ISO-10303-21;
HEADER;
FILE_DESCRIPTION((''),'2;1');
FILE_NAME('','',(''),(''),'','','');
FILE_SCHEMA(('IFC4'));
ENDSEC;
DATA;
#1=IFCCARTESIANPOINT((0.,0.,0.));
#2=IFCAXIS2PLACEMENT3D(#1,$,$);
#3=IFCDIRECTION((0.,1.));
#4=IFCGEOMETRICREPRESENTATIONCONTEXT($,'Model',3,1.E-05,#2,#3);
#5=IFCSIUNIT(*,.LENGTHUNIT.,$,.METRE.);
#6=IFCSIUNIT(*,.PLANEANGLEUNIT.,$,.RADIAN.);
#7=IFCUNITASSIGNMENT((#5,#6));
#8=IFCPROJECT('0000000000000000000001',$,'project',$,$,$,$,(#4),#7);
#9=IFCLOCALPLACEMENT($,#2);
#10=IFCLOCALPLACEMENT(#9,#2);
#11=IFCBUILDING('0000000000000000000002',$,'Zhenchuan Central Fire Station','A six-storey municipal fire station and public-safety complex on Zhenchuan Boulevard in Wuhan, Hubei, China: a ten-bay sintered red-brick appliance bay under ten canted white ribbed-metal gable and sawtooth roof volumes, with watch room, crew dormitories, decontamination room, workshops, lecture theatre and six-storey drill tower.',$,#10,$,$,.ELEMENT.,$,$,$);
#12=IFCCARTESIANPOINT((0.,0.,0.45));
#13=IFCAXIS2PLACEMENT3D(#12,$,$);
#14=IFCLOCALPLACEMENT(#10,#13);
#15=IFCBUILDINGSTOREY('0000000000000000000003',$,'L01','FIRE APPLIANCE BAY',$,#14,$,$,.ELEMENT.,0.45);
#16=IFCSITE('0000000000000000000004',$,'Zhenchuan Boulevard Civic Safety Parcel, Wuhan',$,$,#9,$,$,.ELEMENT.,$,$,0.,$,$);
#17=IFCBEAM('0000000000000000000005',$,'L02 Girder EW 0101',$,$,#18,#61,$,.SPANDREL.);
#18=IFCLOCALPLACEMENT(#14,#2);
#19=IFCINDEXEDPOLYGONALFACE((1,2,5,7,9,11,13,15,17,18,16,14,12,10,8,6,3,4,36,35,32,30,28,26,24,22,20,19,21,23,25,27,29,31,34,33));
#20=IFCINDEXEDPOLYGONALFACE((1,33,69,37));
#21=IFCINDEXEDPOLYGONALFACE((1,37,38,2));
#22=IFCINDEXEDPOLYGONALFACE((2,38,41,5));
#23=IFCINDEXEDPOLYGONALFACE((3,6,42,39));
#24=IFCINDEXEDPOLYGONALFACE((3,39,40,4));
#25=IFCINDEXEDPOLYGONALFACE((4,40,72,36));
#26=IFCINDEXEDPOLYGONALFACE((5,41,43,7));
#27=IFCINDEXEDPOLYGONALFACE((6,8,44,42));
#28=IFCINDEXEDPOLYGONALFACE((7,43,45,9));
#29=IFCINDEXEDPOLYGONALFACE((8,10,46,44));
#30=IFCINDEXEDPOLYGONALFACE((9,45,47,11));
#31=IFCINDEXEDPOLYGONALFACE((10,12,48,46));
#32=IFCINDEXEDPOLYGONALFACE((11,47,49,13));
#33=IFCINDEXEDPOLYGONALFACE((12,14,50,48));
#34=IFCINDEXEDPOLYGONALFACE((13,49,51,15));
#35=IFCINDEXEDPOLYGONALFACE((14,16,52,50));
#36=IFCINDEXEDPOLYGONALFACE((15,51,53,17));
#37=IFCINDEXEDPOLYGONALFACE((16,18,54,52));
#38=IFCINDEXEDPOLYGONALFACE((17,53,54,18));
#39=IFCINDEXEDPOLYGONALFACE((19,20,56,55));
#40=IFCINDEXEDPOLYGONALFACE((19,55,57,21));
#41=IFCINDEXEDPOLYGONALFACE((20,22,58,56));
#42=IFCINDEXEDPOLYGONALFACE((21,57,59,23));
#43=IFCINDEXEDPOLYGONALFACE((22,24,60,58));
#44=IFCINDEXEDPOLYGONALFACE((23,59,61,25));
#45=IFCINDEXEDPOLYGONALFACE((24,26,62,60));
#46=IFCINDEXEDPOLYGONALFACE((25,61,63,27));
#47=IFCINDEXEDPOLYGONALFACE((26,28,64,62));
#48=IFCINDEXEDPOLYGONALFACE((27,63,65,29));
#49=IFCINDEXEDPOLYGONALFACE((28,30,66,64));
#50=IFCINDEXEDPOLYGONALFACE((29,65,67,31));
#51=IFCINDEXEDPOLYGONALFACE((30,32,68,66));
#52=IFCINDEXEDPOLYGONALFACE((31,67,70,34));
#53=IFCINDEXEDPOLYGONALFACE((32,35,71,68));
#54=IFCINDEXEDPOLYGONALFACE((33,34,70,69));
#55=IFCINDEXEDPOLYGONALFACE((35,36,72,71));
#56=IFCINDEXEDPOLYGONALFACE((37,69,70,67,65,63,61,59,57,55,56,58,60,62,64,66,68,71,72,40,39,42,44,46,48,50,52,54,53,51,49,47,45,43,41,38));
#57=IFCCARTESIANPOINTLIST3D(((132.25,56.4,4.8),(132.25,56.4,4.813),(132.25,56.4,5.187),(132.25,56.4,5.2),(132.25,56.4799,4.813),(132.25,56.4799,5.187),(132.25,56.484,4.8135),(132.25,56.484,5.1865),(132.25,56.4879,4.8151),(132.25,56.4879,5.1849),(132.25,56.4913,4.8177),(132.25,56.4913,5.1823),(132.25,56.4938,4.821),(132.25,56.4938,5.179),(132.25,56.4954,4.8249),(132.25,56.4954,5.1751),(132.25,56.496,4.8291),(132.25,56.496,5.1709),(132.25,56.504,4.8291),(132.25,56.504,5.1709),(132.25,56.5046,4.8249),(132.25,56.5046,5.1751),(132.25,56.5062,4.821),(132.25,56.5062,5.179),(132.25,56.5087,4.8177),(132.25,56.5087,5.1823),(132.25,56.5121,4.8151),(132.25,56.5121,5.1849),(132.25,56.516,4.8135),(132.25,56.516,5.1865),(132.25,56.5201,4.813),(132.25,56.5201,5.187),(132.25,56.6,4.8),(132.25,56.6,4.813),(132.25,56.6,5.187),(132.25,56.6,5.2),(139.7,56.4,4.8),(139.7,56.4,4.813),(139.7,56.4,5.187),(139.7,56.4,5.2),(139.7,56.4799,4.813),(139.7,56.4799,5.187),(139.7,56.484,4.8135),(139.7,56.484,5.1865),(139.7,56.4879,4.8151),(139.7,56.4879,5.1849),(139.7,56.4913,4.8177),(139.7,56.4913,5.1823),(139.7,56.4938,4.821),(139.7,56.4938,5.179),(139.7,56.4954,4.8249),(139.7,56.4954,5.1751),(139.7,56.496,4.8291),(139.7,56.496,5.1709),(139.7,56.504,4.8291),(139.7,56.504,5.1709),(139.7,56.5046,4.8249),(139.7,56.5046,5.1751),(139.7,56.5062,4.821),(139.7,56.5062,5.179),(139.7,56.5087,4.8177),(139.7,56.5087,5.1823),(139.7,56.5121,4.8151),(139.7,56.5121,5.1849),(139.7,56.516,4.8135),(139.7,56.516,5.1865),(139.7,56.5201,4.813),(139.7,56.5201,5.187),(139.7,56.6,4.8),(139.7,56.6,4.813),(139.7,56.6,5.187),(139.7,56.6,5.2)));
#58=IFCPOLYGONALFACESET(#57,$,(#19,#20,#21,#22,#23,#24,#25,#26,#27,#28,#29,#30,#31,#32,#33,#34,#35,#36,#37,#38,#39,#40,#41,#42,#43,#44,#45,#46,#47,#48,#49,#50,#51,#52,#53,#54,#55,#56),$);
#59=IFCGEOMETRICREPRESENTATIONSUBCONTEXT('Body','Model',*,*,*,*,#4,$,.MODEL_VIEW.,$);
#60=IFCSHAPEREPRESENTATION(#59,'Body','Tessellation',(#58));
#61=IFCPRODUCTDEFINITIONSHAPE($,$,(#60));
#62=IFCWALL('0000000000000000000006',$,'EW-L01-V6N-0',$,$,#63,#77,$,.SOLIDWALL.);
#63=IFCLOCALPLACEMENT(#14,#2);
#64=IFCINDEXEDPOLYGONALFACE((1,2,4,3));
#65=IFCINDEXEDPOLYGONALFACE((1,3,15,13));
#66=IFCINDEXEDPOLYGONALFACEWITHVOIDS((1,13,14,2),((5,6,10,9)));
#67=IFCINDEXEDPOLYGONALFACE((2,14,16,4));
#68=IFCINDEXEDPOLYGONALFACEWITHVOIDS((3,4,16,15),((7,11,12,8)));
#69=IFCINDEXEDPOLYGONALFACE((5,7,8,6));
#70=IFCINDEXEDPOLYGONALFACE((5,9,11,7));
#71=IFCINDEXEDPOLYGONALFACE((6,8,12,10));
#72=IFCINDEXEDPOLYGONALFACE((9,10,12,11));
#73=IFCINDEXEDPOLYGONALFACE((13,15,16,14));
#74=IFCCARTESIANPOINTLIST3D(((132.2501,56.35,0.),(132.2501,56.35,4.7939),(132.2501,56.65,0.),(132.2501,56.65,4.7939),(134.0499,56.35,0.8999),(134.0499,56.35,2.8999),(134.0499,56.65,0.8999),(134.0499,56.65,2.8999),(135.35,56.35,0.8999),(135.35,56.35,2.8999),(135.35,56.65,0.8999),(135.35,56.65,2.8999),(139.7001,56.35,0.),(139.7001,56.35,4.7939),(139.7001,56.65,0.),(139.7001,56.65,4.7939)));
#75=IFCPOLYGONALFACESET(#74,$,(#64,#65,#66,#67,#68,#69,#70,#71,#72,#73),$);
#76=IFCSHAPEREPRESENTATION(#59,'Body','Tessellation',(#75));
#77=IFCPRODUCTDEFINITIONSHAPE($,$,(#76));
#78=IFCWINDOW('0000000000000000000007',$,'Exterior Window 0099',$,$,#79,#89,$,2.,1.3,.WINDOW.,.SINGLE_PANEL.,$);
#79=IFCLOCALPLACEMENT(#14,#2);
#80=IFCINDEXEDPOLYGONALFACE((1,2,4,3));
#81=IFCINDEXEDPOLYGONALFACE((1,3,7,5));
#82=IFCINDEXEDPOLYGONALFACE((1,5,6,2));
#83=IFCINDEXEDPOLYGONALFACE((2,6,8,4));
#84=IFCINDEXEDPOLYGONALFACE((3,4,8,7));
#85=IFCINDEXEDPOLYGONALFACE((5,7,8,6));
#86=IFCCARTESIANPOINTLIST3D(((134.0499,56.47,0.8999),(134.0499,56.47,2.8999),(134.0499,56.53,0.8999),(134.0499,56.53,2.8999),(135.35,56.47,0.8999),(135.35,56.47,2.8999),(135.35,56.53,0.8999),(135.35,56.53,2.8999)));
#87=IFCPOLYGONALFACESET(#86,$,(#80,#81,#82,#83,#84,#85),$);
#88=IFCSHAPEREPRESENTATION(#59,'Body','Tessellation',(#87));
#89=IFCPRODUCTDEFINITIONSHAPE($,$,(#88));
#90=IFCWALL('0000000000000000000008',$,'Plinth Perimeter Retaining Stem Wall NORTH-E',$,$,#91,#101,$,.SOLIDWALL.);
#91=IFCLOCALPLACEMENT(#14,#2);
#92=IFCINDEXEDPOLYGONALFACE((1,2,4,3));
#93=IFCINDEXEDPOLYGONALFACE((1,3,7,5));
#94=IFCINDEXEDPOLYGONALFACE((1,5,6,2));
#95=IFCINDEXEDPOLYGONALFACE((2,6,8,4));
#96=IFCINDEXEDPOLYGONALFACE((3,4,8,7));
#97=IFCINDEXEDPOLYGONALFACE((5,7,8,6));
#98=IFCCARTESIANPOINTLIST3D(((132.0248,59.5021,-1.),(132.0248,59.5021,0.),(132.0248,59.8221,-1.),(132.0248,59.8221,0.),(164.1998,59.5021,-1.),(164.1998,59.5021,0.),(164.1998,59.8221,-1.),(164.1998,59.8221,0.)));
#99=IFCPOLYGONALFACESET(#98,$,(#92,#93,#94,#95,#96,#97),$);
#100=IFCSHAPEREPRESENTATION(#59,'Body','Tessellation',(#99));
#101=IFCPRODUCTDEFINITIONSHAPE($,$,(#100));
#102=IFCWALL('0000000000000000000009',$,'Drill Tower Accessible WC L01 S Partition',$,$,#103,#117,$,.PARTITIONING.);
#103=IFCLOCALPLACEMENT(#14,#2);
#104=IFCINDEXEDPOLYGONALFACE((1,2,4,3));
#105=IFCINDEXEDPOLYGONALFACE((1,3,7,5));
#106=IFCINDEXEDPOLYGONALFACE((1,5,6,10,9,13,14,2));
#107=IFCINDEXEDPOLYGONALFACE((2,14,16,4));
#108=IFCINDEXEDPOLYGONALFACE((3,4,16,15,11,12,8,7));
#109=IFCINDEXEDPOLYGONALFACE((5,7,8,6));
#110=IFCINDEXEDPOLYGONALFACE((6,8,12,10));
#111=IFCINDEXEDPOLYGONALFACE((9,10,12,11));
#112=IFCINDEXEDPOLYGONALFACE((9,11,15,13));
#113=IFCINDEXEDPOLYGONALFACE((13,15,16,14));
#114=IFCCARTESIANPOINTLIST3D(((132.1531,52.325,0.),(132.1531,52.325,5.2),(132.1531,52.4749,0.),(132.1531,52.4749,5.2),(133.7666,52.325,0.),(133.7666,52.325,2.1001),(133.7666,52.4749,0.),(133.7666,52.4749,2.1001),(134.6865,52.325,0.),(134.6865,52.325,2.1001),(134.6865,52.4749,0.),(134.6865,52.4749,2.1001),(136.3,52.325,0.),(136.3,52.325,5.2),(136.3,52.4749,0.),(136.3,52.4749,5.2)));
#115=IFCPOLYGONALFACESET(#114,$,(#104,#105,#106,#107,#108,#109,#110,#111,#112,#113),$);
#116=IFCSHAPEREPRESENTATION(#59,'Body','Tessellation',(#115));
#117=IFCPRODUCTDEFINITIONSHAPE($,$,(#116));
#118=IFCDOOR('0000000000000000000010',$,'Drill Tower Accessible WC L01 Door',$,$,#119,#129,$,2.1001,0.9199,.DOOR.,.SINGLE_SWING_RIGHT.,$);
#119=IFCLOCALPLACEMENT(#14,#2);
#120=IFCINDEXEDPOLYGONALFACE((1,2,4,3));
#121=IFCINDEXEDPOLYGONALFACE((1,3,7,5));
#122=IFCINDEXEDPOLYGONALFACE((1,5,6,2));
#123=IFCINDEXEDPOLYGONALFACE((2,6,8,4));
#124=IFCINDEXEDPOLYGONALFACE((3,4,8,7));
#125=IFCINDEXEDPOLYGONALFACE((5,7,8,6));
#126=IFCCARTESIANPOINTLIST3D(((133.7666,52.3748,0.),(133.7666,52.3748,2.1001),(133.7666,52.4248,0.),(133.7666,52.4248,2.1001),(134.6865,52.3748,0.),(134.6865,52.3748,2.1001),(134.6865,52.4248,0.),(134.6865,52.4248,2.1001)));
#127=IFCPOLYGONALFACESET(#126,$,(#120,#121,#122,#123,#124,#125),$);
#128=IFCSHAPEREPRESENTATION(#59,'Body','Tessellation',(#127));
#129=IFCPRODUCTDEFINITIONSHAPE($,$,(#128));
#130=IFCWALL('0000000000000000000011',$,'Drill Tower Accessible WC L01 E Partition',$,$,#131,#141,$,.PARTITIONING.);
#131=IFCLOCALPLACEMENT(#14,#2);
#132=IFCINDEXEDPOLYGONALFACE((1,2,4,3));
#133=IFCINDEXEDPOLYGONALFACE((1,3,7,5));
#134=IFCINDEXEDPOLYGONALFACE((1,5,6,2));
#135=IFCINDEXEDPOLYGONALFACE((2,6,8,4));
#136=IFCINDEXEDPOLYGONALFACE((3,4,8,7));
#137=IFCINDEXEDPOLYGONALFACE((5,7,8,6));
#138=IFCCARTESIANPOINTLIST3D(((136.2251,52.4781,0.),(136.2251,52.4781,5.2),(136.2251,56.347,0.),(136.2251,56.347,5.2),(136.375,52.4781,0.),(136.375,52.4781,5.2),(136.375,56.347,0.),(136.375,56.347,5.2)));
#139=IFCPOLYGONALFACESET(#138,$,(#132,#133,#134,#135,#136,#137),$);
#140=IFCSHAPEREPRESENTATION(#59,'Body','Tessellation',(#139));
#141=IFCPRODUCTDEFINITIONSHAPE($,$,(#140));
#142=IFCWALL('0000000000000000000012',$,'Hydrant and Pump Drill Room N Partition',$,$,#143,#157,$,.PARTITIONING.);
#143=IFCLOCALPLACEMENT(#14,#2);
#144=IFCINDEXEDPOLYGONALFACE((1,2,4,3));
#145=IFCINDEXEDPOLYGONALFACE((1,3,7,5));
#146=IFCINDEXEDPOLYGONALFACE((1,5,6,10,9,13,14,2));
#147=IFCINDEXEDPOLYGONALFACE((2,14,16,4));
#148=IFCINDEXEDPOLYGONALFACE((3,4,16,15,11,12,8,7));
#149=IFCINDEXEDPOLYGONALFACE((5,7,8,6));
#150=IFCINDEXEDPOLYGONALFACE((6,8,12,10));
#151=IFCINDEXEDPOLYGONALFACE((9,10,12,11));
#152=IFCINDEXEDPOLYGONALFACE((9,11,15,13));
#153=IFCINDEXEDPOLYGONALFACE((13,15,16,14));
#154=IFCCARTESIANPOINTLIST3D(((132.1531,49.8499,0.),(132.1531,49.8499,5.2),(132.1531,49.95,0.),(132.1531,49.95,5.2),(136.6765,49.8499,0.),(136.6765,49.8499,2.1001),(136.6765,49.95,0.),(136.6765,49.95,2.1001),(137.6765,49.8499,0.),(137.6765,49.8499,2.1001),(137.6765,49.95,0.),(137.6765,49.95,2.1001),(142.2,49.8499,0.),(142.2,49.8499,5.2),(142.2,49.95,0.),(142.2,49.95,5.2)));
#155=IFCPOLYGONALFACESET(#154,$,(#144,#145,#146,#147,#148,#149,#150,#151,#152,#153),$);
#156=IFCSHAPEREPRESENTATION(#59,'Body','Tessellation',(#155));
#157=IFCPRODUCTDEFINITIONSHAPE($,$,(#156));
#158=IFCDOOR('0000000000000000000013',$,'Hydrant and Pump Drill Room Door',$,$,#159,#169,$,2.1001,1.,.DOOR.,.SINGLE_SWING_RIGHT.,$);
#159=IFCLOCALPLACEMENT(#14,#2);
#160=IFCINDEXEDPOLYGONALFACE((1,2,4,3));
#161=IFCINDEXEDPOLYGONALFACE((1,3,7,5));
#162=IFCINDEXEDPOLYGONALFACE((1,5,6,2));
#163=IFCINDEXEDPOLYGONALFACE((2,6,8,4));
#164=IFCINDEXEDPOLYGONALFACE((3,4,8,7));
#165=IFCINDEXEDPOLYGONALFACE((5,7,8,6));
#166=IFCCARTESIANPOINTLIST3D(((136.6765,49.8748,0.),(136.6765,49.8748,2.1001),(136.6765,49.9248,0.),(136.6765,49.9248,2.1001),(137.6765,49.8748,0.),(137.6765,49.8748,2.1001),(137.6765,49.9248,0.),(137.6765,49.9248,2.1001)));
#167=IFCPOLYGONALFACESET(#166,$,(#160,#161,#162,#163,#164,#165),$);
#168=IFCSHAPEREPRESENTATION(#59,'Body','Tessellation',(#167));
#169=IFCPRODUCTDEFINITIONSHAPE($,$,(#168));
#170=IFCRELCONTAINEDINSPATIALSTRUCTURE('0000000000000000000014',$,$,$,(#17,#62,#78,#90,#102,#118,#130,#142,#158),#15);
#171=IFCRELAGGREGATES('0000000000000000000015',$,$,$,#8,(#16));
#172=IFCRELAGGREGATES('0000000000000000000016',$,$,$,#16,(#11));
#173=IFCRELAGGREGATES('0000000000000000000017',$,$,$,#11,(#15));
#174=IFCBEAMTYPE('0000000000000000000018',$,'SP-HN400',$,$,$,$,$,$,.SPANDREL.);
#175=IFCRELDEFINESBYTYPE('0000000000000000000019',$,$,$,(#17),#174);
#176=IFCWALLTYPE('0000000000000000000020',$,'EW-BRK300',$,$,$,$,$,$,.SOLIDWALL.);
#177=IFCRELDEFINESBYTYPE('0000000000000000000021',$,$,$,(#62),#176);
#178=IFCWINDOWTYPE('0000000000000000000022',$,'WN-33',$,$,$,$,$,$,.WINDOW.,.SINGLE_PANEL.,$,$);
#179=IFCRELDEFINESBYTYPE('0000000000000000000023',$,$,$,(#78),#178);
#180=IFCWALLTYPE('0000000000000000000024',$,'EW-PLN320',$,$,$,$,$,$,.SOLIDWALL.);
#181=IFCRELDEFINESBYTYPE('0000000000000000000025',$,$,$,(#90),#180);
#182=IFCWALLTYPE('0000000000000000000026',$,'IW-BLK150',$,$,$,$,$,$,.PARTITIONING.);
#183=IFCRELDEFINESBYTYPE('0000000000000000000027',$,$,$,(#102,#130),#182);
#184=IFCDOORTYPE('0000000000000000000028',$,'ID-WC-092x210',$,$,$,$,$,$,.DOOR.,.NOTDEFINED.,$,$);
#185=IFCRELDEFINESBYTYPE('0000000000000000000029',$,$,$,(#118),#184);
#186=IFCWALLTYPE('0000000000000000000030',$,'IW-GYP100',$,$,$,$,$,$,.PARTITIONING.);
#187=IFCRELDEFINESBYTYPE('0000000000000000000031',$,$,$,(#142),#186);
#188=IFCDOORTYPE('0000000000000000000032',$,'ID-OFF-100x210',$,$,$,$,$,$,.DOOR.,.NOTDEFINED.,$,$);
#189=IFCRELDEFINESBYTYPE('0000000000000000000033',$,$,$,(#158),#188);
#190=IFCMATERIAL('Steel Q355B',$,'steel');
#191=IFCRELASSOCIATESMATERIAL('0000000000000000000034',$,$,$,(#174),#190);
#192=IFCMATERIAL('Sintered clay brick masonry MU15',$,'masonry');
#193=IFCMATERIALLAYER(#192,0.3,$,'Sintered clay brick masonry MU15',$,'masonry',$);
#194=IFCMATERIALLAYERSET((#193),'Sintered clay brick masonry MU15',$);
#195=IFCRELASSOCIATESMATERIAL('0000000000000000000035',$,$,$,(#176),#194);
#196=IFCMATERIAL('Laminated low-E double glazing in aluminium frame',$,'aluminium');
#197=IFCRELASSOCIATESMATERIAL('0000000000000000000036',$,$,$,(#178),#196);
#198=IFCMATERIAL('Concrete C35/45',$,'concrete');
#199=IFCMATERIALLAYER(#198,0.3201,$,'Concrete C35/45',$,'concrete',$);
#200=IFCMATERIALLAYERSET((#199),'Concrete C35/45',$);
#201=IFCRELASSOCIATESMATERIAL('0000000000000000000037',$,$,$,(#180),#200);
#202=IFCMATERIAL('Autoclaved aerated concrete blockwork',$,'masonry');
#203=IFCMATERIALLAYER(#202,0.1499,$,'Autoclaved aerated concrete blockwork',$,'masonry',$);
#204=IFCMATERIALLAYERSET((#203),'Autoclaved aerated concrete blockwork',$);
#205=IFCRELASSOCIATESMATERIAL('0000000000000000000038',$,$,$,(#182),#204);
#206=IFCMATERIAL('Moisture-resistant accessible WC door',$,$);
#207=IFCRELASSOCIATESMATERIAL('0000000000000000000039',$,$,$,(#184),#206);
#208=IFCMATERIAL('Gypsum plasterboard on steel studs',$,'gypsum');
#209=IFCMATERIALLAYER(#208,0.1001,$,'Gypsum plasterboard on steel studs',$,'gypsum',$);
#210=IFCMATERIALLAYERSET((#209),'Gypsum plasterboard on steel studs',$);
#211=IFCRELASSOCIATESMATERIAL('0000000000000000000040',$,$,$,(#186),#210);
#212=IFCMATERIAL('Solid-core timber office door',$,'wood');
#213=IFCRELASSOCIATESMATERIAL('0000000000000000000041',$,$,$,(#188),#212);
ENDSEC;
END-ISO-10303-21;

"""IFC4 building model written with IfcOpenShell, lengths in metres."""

from ifc_helpers import new_model, si_unit, direction, frame, frame_2d, origin, origin_2d, place, context, subcontext, project, spatial, rectangle, i_section, extrude, material, layer, layer_set, material_profile, profile_set, type_object, element, fill, save


model = new_model("IFC4")

# Units and contexts
model_context = context("Model", 3, precision=1e-05, world=origin(), true_north=direction((0.0, 1.0)))
body_context = subcontext(model_context, "Body", "Model", "MODEL_VIEW")
ifc_project = project(units=[si_unit("LENGTHUNIT", "METRE"), si_unit("PLANEANGLEUNIT", "RADIAN")], contexts=[model_context])

# Site, building, storey
site_placement = place(None, origin())
site = spatial("IfcSite", under=ifc_project, at=site_placement, Name="Zhenchuan Boulevard Civic Safety Parcel, Wuhan", CompositionType="ELEMENT", RefElevation=0.0)
building_placement = place(site_placement, origin())
building = spatial("IfcBuilding", under=site, at=building_placement, Name="Zhenchuan Central Fire Station", Description="A six-storey municipal fire station and public-safety complex on Zhenchuan Boulevard in Wuhan, Hubei, China: a ten-bay sintered red-brick appliance bay under ten canted white ribbed-metal gable and sawtooth roof volumes, with watch room, crew dormitories, decontamination room, workshops, lecture theatre and six-storey drill tower.", CompositionType="ELEMENT")
storey_placement = place(building_placement, frame((0.0, 0.0, 0.45)))
storey = spatial("IfcBuildingStorey", under=building, at=storey_placement, Name="L01", Description="FIRE APPLIANCE BAY", CompositionType="ELEMENT", Elevation=0.45)

# Shared definitions
ifc_material_1 = material(Name="Concrete C35/45", Category="concrete")

# Beam
ifc_material_2 = material(Name="Steel Q355B", Category="steel")
ifc_material_profile_1 = material_profile(ifc_material_2, i_section(OverallWidth=0.2, OverallDepth=0.3999, WebThickness=0.0081, FlangeThickness=0.0129, FilletRadius=0.0161, at=origin_2d()), Name="HN 400x200")
ifc_profile_set_1 = profile_set([ifc_material_profile_1], Name="Steel Q355B")
beam_type_1 = type_object("IfcBeamType", Name="SP-HN400", PredefinedType="SPANDREL", material=ifc_profile_set_1)
beam_1_placement = place(storey_placement, frame((132.25, 56.5, 5.0), z_axis=(1.0, 0.0, 0.0), x_axis=(0.0, 1.0, 0.0)))
element("IfcBeam", 1, at=beam_1_placement, inside=storey, type_object=beam_type_1, Name="L02 Girder EW 0101", PredefinedType="SPANDREL", context=body_context, shape_type="SweptSolid", body=[
    extrude(i_section(OverallWidth=0.2, OverallDepth=0.3999, WebThickness=0.0081, FlangeThickness=0.0129, FilletRadius=0.0161, at=origin_2d()), origin(), (0.0, 0.0, 1.0), 7.45),
])

# Wall, opening, window
ifc_material_3 = material(Name="Sintered clay brick masonry MU15", Category="masonry")
ifc_layer_1 = layer(ifc_material_3, 0.3, Name="Sintered clay brick masonry MU15", Category="masonry")
ifc_layer_set_1 = layer_set([ifc_layer_1], Name="Sintered clay brick masonry MU15")
wall_type_1 = type_object("IfcWallType", Name="EW-BRK300", PredefinedType="SOLIDWALL", material=ifc_layer_set_1)
wall_1_placement = place(storey_placement, frame((132.25, 56.5, 0.0), z_axis=(0.0, 0.0, 1.0), x_axis=(1.0, 0.0, 0.0)))
wall_1 = element("IfcWall", 2, at=wall_1_placement, inside=storey, type_object=wall_type_1, Name="EW-L01-V6N-0", PredefinedType="SOLIDWALL", context=body_context, shape_type="SweptSolid", body=[
    extrude(rectangle(XDim=7.45, YDim=0.3, at=frame_2d((3.7251, 0.0))), origin(), (0.0, 0.0, 1.0), 4.7939),
])
opening_1_placement = place(wall_1_placement, frame((1.8, 0.0, 0.8999)))
opening_1 = element("IfcOpeningElement", 3, at=opening_1_placement, cuts=wall_1, PredefinedType="OPENING", context=body_context, shape_type="SweptSolid", body=[
    extrude(rectangle(XDim=1.3, YDim=2.0, at=frame_2d((0.6499, 1.0))), frame((0.0, 0.1599, 0.0), z_axis=(0.0, -1.0, 0.0), x_axis=(1.0, 0.0, 0.0)), (0.0, 0.0, 1.0), 0.3201),
])
ifc_material_4 = material(Name="Laminated low-E double glazing in aluminium frame", Category="aluminium")
window_type = type_object("IfcWindowType", Name="WN-33", PartitioningType="SINGLE_PANEL", PredefinedType="WINDOW", material=ifc_material_4)
window_placement = place(opening_1_placement, origin())
window = element("IfcWindow", 4, at=window_placement, inside=storey, type_object=window_type, Name="Exterior Window 0099", OverallHeight=2.0, OverallWidth=1.3, PartitioningType="SINGLE_PANEL", PredefinedType="WINDOW", context=body_context, shape_type="SweptSolid", body=[
    extrude(rectangle(XDim=1.3, YDim=2.0, at=frame_2d((0.6499, 1.0))), frame((0.0, 0.03, 0.0), z_axis=(0.0, -1.0, 0.0), x_axis=(1.0, 0.0, 0.0)), (0.0, 0.0, 1.0), 0.0601),
])
fill(opening_1, window)

# Wall
ifc_layer_2 = layer(ifc_material_1, 0.3201, Name="Concrete C35/45", Category="concrete")
ifc_layer_set_2 = layer_set([ifc_layer_2], Name="Concrete C35/45")
wall_type_2 = type_object("IfcWallType", Name="EW-PLN320", PredefinedType="SOLIDWALL", material=ifc_layer_set_2)
wall_2_placement = place(storey_placement, frame((132.0249, 59.6621, -1.0), z_axis=(0.0, 0.0, 1.0), x_axis=(1.0, 0.0, 0.0)))
element("IfcWall", 5, at=wall_2_placement, inside=storey, type_object=wall_type_2, Name="Plinth Perimeter Retaining Stem Wall NORTH-E", PredefinedType="SOLIDWALL", context=body_context, shape_type="SweptSolid", body=[
    extrude(rectangle(XDim=32.175, YDim=0.3201, at=frame_2d((16.0874, 0.0))), origin(), (0.0, 0.0, 1.0), 1.0),
])

# Wall, opening, door
ifc_material_5 = material(Name="Autoclaved aerated concrete blockwork", Category="masonry")
ifc_layer_3 = layer(ifc_material_5, 0.1499, Name="Autoclaved aerated concrete blockwork", Category="masonry")
ifc_layer_set_3 = layer_set([ifc_layer_3], Name="Autoclaved aerated concrete blockwork")
wall_type_3 = type_object("IfcWallType", Name="IW-BLK150", PredefinedType="PARTITIONING", material=ifc_layer_set_3)
wall_3_placement = place(storey_placement, frame((132.1531, 52.3999, 0.0), z_axis=(0.0, 0.0, 1.0), x_axis=(1.0, 0.0, 0.0)))
wall_3 = element("IfcWall", 6, at=wall_3_placement, inside=storey, type_object=wall_type_3, Name="Drill Tower Accessible WC L01 S Partition", PredefinedType="PARTITIONING", context=body_context, shape_type="SweptSolid", body=[
    extrude(rectangle(XDim=4.147, YDim=0.1499, at=frame_2d((2.0735, 0.0))), origin(), (0.0, 0.0, 1.0), 5.2),
])
opening_2_placement = place(wall_3_placement, frame((1.6135, 0.0, 0.0)))
opening_2 = element("IfcOpeningElement", 7, at=opening_2_placement, cuts=wall_3, PredefinedType="OPENING", context=body_context, shape_type="SweptSolid", body=[
    extrude(rectangle(XDim=0.9199, YDim=2.1001, at=frame_2d((0.46, 1.05))), frame((0.0, 0.085, 0.0), z_axis=(0.0, -1.0, 0.0), x_axis=(1.0, 0.0, 0.0)), (0.0, 0.0, 1.0), 0.1699),
])
ifc_material_6 = material(Name="Moisture-resistant accessible WC door")
door_type_1 = type_object("IfcDoorType", Name="ID-WC-092x210", OperationType="NOTDEFINED", PredefinedType="DOOR", material=ifc_material_6)
door_1_placement = place(opening_2_placement, origin())
door_1 = element("IfcDoor", 8, at=door_1_placement, inside=storey, type_object=door_type_1, Name="Drill Tower Accessible WC L01 Door", OperationType="SINGLE_SWING_RIGHT", OverallHeight=2.1001, OverallWidth=0.9199, PredefinedType="DOOR", context=body_context, shape_type="SweptSolid", body=[
    extrude(rectangle(XDim=0.9199, YDim=2.1001, at=frame_2d((0.46, 1.05))), frame((0.0, 0.0249, 0.0), z_axis=(0.0, -1.0, 0.0), x_axis=(1.0, 0.0, 0.0)), (0.0, 0.0, 1.0), 0.05),
])
fill(opening_2, door_1)

# Wall
wall_4_placement = place(storey_placement, frame((136.3, 52.478, 0.0), z_axis=(0.0, 0.0, 1.0), x_axis=(0.0, 1.0, 0.0)))
element("IfcWall", 9, at=wall_4_placement, inside=storey, type_object=wall_type_3, Name="Drill Tower Accessible WC L01 E Partition", PredefinedType="PARTITIONING", context=body_context, shape_type="SweptSolid", body=[
    extrude(rectangle(XDim=3.8689, YDim=0.1499, at=frame_2d((1.9346, 0.0))), origin(), (0.0, 0.0, 1.0), 5.2),
])

# Wall, opening, door
ifc_material_7 = material(Name="Gypsum plasterboard on steel studs", Category="gypsum")
ifc_layer_4 = layer(ifc_material_7, 0.1001, Name="Gypsum plasterboard on steel studs", Category="gypsum")
ifc_layer_set_4 = layer_set([ifc_layer_4], Name="Gypsum plasterboard on steel studs")
wall_type_4 = type_object("IfcWallType", Name="IW-GYP100", PredefinedType="PARTITIONING", material=ifc_layer_set_4)
wall_5_placement = place(storey_placement, frame((132.1531, 49.8999, 0.0), z_axis=(0.0, 0.0, 1.0), x_axis=(1.0, 0.0, 0.0)))
wall_5 = element("IfcWall", 10, at=wall_5_placement, inside=storey, type_object=wall_type_4, Name="Hydrant and Pump Drill Room N Partition", PredefinedType="PARTITIONING", context=body_context, shape_type="SweptSolid", body=[
    extrude(rectangle(XDim=10.0469, YDim=0.1001, at=frame_2d((5.0234, 0.0))), origin(), (0.0, 0.0, 1.0), 5.2),
])
opening_3_placement = place(wall_5_placement, frame((4.5234, 0.0, 0.0)))
opening_3 = element("IfcOpeningElement", 11, at=opening_3_placement, cuts=wall_5, PredefinedType="OPENING", context=body_context, shape_type="SweptSolid", body=[
    extrude(rectangle(XDim=1.0, YDim=2.1001, at=frame_2d((0.5, 1.05))), frame((0.0, 0.0601, 0.0), z_axis=(0.0, -1.0, 0.0), x_axis=(1.0, 0.0, 0.0)), (0.0, 0.0, 1.0), 0.1201),
])
ifc_material_8 = material(Name="Solid-core timber office door", Category="wood")
door_type_2 = type_object("IfcDoorType", Name="ID-OFF-100x210", OperationType="NOTDEFINED", PredefinedType="DOOR", material=ifc_material_8)
door_2_placement = place(opening_3_placement, origin())
door_2 = element("IfcDoor", 12, at=door_2_placement, inside=storey, type_object=door_type_2, Name="Hydrant and Pump Drill Room Door", OperationType="SINGLE_SWING_RIGHT", OverallHeight=2.1001, OverallWidth=1.0, PredefinedType="DOOR", context=body_context, shape_type="SweptSolid", body=[
    extrude(rectangle(XDim=1.0, YDim=2.1001, at=frame_2d((0.5, 1.05))), frame((0.0, 0.0249, 0.0), z_axis=(0.0, -1.0, 0.0), x_axis=(1.0, 0.0, 0.0)), (0.0, 0.0, 1.0), 0.05),
])
fill(opening_3, door_2)

save(model, "model.ifc")
